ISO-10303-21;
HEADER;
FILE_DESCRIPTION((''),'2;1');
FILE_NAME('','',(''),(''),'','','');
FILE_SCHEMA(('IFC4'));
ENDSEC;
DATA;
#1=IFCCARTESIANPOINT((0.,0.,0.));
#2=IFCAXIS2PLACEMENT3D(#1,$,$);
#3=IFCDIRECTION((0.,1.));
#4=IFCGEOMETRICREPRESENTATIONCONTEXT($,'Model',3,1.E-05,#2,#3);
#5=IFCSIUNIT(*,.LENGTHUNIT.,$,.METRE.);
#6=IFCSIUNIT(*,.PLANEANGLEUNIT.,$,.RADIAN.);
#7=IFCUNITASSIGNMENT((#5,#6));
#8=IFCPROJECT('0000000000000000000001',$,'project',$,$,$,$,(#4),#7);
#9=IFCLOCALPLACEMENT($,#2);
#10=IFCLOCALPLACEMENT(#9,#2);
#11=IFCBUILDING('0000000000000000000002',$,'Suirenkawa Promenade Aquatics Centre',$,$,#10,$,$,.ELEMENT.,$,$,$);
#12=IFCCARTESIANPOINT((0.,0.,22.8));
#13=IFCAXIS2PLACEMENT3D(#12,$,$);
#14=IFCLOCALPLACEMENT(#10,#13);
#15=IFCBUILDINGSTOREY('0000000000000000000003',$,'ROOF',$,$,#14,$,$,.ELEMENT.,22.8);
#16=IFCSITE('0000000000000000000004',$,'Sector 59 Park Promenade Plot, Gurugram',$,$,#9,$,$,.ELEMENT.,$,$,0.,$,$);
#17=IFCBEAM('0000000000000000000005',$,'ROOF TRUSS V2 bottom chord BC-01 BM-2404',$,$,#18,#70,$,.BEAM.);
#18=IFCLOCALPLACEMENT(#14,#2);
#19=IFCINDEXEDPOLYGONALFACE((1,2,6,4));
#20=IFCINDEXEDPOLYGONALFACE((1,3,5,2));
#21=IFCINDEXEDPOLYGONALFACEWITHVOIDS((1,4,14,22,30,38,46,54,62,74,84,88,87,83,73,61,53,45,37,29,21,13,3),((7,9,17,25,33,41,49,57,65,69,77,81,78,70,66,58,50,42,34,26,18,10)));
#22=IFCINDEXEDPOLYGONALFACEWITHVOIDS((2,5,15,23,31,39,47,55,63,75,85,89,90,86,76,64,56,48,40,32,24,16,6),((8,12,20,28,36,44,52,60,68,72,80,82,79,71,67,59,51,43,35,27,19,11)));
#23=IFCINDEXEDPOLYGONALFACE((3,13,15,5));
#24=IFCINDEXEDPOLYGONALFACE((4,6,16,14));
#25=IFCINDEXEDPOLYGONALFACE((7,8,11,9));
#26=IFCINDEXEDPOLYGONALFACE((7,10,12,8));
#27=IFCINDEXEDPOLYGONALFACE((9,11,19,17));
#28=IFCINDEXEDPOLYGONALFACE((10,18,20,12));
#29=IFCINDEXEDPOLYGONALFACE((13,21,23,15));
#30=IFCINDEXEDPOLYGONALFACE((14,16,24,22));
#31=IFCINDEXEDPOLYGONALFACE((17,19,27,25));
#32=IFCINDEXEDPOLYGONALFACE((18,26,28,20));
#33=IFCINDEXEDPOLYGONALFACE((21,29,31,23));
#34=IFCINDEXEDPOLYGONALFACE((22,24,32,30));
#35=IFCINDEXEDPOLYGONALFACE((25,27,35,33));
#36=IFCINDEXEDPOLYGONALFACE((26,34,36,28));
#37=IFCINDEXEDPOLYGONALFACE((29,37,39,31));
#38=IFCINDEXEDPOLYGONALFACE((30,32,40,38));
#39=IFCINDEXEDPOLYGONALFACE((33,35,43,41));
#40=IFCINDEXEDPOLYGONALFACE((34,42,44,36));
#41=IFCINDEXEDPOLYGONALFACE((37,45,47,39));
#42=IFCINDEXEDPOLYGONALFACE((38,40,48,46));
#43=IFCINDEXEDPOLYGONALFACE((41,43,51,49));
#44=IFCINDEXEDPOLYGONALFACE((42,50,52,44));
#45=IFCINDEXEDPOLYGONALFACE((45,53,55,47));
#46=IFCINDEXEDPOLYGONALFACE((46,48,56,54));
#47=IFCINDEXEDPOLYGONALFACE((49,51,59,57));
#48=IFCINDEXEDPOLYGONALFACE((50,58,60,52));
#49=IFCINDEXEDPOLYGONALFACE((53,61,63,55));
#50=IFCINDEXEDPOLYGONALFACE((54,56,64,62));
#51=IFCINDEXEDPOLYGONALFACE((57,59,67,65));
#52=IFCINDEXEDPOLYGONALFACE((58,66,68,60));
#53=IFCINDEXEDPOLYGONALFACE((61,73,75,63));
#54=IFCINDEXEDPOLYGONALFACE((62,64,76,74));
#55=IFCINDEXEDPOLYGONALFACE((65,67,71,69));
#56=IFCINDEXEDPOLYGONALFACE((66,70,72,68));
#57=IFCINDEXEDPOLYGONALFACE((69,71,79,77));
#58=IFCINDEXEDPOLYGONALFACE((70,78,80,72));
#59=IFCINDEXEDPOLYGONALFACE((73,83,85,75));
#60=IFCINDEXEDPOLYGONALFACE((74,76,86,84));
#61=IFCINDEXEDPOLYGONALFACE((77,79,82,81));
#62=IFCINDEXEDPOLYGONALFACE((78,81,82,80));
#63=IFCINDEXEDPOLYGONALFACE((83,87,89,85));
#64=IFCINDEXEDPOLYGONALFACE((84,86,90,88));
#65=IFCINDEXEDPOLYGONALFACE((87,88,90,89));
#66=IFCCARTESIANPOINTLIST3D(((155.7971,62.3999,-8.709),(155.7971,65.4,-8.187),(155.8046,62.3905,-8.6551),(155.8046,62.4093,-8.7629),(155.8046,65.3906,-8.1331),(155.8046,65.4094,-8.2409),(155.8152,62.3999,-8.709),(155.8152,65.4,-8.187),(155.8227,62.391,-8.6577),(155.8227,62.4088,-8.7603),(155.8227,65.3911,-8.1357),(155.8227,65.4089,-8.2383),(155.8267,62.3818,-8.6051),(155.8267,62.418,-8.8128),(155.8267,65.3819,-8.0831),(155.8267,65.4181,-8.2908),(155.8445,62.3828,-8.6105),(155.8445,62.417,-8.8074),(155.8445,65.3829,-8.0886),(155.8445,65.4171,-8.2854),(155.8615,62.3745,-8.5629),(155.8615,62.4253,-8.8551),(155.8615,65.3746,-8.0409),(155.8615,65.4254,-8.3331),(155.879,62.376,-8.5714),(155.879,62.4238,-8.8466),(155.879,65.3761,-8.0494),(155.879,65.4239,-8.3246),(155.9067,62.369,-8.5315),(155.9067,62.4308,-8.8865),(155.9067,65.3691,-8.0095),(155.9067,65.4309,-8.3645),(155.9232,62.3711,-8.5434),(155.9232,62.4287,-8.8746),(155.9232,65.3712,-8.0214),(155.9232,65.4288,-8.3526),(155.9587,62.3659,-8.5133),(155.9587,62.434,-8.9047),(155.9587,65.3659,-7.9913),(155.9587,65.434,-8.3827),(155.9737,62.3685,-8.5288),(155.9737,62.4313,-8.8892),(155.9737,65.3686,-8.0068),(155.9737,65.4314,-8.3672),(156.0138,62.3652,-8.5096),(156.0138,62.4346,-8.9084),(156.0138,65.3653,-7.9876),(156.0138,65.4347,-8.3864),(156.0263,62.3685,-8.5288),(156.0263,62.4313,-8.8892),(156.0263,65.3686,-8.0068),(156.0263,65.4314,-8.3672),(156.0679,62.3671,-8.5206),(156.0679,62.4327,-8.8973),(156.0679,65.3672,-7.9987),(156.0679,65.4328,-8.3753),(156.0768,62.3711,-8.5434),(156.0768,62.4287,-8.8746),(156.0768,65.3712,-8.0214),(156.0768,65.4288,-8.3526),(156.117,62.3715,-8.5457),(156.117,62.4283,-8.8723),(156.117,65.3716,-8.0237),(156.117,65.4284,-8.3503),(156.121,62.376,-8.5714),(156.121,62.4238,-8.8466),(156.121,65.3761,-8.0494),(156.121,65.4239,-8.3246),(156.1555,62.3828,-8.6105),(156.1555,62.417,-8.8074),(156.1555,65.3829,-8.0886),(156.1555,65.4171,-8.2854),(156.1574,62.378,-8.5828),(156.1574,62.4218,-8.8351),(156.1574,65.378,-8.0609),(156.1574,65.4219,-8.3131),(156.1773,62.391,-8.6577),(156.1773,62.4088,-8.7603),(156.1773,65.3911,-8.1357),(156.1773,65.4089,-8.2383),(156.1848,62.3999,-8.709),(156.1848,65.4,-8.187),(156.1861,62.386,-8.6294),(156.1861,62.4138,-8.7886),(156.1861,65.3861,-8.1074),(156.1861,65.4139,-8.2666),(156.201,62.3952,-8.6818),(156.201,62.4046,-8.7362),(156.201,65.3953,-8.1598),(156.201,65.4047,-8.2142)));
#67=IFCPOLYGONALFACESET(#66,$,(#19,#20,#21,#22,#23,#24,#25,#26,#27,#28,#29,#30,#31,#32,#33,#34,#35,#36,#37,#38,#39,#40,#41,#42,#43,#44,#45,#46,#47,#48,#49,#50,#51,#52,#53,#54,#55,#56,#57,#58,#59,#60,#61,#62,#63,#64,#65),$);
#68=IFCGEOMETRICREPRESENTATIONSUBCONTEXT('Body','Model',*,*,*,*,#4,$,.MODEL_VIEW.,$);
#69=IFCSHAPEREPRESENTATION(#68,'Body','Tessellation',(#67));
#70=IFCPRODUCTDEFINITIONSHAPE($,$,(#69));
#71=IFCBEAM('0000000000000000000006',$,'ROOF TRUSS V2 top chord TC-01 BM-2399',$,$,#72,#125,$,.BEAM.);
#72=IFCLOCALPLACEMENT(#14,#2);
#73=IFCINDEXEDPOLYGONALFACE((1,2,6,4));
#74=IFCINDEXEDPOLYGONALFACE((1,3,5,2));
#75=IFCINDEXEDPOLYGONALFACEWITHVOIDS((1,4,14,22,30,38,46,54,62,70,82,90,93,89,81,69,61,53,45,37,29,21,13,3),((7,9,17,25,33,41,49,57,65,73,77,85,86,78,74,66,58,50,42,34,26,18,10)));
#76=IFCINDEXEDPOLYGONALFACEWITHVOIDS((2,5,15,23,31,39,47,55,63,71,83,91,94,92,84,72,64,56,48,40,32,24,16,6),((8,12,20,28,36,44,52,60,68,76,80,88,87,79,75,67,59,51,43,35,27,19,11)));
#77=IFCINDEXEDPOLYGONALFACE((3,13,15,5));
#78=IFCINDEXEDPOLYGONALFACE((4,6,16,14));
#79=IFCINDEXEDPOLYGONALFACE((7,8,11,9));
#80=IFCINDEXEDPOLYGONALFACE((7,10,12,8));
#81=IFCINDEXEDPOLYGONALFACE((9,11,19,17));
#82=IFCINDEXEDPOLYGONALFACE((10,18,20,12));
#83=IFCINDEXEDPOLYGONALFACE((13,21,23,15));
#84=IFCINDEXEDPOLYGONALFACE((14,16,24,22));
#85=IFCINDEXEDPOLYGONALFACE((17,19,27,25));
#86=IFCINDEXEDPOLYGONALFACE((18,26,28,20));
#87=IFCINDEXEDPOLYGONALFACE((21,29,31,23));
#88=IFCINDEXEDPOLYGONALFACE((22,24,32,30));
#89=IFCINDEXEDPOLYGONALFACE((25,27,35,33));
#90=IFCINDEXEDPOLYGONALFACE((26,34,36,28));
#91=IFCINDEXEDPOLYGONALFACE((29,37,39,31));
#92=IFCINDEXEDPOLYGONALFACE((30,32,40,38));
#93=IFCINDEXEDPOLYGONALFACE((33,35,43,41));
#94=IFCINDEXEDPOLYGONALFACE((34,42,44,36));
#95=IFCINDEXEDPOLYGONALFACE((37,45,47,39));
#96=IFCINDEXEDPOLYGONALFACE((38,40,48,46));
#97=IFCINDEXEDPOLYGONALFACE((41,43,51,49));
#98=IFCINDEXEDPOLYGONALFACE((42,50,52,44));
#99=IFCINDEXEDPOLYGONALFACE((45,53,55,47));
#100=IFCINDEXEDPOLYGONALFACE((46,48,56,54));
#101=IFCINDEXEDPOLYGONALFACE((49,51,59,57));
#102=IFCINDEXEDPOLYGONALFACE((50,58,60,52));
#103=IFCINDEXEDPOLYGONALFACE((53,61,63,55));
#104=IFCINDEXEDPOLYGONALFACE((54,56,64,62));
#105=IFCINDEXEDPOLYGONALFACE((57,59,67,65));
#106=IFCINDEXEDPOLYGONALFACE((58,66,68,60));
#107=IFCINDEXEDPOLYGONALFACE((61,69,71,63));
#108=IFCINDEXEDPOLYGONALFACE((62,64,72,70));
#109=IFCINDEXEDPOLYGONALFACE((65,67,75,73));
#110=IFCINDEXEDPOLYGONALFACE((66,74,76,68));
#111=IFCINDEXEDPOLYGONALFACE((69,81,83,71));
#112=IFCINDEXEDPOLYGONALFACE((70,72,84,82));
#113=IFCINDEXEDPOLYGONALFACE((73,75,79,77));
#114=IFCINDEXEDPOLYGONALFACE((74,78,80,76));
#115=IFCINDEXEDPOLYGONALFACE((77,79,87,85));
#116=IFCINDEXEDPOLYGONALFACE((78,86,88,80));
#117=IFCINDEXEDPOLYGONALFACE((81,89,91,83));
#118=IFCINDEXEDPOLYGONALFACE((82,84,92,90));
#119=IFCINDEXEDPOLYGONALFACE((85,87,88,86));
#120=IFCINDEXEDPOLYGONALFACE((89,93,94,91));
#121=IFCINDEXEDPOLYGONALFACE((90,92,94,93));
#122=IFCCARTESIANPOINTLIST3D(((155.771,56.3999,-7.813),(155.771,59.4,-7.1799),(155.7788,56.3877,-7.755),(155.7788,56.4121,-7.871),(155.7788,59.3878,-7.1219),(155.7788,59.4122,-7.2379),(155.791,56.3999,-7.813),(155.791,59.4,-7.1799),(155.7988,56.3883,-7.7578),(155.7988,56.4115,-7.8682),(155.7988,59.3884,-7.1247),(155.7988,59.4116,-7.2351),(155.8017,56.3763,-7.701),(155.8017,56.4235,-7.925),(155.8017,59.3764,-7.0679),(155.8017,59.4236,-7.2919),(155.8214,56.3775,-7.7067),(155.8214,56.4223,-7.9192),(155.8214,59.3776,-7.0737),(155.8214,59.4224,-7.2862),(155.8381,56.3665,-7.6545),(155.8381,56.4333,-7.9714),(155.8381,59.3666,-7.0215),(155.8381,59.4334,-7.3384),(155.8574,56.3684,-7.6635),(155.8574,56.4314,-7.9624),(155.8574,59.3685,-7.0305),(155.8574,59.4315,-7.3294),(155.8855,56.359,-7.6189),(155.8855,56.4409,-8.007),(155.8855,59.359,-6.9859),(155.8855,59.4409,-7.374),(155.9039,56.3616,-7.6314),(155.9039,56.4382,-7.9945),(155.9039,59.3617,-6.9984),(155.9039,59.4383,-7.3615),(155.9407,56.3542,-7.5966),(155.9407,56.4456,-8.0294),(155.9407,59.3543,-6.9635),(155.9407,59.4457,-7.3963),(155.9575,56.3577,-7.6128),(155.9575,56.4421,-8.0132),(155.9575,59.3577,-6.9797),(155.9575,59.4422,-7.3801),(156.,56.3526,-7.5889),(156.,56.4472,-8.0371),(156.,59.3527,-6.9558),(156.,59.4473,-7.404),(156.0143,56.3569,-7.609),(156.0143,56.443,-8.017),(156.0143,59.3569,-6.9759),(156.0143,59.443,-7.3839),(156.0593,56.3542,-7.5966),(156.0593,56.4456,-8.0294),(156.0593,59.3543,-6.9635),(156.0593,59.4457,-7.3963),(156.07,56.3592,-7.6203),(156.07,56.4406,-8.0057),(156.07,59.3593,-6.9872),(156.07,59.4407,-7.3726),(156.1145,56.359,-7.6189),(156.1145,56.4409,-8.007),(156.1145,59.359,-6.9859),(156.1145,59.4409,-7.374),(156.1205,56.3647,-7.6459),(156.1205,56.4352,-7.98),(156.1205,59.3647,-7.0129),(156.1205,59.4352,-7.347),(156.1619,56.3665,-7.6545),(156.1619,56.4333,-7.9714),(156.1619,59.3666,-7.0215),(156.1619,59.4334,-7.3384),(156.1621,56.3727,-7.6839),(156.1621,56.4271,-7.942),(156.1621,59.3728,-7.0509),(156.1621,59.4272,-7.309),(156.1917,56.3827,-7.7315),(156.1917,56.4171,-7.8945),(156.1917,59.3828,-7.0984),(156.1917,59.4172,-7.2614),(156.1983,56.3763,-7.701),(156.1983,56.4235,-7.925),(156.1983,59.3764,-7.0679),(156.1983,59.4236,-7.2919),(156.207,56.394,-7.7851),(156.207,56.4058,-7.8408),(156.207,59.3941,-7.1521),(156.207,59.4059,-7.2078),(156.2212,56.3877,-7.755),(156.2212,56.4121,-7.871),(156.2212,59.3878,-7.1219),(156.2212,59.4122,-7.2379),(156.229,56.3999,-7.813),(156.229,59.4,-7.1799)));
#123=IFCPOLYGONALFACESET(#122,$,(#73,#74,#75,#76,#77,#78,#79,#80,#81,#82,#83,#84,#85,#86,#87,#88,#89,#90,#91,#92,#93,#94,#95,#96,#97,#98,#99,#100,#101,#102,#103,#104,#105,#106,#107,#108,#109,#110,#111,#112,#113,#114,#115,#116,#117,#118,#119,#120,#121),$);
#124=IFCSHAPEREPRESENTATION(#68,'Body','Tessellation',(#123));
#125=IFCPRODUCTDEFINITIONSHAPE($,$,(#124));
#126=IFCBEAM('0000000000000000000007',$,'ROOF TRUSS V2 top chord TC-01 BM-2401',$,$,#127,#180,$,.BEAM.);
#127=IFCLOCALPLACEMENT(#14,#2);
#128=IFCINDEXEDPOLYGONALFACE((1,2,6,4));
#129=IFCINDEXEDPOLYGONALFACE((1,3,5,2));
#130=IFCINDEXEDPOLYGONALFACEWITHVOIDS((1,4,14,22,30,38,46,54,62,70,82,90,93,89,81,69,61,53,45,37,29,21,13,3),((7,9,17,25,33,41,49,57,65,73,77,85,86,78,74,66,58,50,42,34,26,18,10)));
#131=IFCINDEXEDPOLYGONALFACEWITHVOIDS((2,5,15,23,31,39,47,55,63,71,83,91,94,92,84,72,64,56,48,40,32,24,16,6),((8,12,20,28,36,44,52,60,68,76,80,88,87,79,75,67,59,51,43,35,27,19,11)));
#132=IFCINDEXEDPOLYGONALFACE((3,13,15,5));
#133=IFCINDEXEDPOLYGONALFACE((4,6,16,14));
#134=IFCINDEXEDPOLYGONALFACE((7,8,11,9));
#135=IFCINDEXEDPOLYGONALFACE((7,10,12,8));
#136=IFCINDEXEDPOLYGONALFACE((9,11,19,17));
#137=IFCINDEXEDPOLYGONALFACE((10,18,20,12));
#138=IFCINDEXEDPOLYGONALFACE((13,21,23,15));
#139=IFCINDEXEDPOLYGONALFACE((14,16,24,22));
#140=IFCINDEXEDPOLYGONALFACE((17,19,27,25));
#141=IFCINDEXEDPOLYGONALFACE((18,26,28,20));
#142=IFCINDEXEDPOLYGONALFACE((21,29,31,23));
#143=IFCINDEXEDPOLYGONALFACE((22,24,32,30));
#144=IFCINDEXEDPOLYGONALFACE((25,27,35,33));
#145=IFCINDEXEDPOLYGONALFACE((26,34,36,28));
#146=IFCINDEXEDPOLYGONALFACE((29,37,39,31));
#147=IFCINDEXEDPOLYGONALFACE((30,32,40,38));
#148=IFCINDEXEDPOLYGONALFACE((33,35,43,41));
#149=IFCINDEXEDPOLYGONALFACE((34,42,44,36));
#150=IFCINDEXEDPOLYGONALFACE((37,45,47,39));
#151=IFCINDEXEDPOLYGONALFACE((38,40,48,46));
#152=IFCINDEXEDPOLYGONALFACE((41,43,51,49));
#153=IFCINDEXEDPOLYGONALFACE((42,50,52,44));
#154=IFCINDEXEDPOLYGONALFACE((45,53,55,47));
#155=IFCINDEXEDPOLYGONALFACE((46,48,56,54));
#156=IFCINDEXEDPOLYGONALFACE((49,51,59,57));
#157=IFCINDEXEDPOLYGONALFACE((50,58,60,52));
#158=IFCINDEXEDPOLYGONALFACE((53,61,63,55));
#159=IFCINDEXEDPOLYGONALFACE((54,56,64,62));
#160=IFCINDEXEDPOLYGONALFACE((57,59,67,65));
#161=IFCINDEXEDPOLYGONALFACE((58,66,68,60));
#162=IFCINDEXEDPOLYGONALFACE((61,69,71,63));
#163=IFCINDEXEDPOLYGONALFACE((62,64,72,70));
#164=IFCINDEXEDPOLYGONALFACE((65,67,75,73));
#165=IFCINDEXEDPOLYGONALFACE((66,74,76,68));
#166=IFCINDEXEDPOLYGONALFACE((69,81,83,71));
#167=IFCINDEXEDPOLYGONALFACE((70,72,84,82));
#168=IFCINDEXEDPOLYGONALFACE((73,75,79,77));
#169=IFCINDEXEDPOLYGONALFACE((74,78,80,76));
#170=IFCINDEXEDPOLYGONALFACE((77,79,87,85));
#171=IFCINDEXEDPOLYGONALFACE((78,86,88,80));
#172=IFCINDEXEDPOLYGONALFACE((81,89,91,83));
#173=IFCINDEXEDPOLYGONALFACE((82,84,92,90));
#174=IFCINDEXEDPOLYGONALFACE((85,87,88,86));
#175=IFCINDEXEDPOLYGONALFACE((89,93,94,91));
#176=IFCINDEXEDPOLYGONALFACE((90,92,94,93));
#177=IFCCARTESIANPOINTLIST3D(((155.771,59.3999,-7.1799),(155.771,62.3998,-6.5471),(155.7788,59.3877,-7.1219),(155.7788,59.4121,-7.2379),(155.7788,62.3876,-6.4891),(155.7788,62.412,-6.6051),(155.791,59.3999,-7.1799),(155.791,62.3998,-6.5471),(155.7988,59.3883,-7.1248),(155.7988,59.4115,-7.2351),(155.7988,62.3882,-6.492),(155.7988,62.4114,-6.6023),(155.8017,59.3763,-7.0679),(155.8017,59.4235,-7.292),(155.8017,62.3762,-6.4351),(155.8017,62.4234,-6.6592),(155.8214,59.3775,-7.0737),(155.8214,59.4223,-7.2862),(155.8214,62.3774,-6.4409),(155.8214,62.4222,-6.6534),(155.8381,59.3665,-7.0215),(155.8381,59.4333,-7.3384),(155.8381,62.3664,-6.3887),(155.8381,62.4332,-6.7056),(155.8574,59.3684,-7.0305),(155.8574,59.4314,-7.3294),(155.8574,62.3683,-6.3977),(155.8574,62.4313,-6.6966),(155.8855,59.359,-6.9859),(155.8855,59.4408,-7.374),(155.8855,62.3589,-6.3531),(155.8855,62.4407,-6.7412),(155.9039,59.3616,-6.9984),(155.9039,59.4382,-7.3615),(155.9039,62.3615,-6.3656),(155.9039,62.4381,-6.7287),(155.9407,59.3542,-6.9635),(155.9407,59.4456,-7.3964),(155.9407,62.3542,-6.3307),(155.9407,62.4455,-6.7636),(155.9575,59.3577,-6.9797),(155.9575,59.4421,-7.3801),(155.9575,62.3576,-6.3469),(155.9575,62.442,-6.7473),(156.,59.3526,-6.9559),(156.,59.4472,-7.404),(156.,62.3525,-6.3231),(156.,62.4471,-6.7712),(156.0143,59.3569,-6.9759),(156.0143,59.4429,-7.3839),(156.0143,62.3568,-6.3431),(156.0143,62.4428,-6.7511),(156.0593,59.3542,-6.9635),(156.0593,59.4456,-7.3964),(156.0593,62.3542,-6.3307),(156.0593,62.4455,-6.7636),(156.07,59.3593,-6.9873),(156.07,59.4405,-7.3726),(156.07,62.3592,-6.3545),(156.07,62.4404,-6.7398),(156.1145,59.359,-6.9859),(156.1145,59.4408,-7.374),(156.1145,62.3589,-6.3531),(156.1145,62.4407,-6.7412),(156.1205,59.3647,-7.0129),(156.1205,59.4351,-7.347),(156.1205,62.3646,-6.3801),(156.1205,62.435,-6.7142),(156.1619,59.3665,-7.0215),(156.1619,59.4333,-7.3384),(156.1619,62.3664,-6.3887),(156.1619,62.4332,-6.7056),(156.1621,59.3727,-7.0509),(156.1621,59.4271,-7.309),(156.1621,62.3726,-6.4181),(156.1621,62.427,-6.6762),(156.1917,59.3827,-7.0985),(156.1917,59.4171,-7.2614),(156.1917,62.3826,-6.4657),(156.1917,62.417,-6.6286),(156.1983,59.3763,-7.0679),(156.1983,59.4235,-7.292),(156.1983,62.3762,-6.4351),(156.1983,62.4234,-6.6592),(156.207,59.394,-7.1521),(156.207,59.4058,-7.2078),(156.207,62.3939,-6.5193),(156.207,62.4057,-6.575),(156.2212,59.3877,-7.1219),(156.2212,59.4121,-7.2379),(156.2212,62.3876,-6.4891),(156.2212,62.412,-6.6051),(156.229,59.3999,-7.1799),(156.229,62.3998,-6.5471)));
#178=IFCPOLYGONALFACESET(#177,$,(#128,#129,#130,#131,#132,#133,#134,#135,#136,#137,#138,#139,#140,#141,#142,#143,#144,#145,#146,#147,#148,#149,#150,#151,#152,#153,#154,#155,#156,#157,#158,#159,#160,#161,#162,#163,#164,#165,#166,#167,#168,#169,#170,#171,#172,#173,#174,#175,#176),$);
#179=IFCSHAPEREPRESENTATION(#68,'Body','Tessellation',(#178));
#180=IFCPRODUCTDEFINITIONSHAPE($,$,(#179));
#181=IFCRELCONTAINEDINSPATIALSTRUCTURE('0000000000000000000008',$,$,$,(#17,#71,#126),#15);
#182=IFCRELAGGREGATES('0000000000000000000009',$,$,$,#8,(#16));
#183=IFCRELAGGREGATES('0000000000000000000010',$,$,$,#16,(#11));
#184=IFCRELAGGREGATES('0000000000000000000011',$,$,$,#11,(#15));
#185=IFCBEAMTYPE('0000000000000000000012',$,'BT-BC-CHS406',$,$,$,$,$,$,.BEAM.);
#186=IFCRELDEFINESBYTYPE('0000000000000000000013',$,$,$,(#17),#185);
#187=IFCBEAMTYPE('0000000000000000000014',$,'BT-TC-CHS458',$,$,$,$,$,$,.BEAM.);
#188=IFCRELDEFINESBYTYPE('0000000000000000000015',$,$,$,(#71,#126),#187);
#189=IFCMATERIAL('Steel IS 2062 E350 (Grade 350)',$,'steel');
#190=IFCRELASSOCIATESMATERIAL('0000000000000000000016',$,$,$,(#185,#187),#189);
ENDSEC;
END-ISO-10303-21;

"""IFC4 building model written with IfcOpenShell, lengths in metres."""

from ifc_helpers import new_model, si_unit, direction, frame, origin, origin_2d, place, context, subcontext, project, spatial, hollow_circle, extrude, material, material_profile, profile_set, type_object, element, save


model = new_model("IFC4")

# Units and contexts
model_context = context("Model", 3, precision=1e-05, world=origin(), true_north=direction((0.0, 1.0)))
body_context = subcontext(model_context, "Body", "Model", "MODEL_VIEW")
ifc_project = project(units=[si_unit("LENGTHUNIT", "METRE"), si_unit("PLANEANGLEUNIT", "RADIAN")], contexts=[model_context])

# Site, building, storey
site_placement = place(None, origin())
site = spatial("IfcSite", under=ifc_project, at=site_placement, Name="Sector 59 Park Promenade Plot, Gurugram", CompositionType="ELEMENT", RefElevation=0.0)
building_placement = place(site_placement, origin())
building = spatial("IfcBuilding", under=site, at=building_placement, Name="Suirenkawa Promenade Aquatics Centre", CompositionType="ELEMENT")
storey_placement = place(building_placement, frame((0.0, 0.0, 22.8)))
storey = spatial("IfcBuildingStorey", under=building, at=storey_placement, Name="ROOF", CompositionType="ELEMENT", Elevation=22.8)

# Beams
ifc_material = material(Name="Steel IS 2062 E350 (Grade 350)", Category="steel")
ifc_material_profile_1 = material_profile(ifc_material, hollow_circle(Radius=0.2029, WallThickness=0.0181, at=origin_2d()), Name="CHS 406x18", Category="steel")
ifc_profile_set_1 = profile_set([ifc_material_profile_1], Name="Steel IS 2062 E350 (Grade 350)")
beam_type_1 = type_object("IfcBeamType", Name="BT-BC-CHS406", PredefinedType="BEAM", material=ifc_profile_set_1)
beam_1_placement = place(storey_placement, frame((156.0, 62.3999, -8.709), z_axis=(0.0, 0.985199, 0.171416), x_axis=(-1.0, 0.0, 0.0)))
element("IfcBeam", 1, at=beam_1_placement, inside=storey, type_object=beam_type_1, Name="ROOF TRUSS V2 bottom chord BC-01 BM-2404", PredefinedType="BEAM", context=body_context, shape_type="SweptSolid", body=[
    extrude(hollow_circle(Radius=0.2029, WallThickness=0.0181, at=origin_2d()), origin(), (0.0, 0.0, 1.0), 3.0452),
])
ifc_material_profile_2 = material_profile(ifc_material, hollow_circle(Radius=0.229, WallThickness=0.02, at=origin_2d()), Name="CHS 458x20", Category="steel")
ifc_profile_set_2 = profile_set([ifc_material_profile_2], Name="Steel IS 2062 E350 (Grade 350)")
beam_type_2 = type_object("IfcBeamType", Name="BT-TC-CHS458", PredefinedType="BEAM", material=ifc_profile_set_2)
beam_2_placement = place(storey_placement, frame((156.0, 56.3999, -7.813), z_axis=(0.0, 0.978453, 0.206472), x_axis=(-1.0, 0.0, 0.0)))
element("IfcBeam", 2, at=beam_2_placement, inside=storey, type_object=beam_type_2, Name="ROOF TRUSS V2 top chord TC-01 BM-2399", PredefinedType="BEAM", context=body_context, shape_type="SweptSolid", body=[
    extrude(hollow_circle(Radius=0.229, WallThickness=0.02, at=origin_2d()), origin(), (0.0, 0.0, 1.0), 3.0662),
])
beam_3_placement = place(storey_placement, frame((156.0, 59.3999, -7.1799), z_axis=(0.0, 0.978469, 0.206396), x_axis=(-1.0, 0.0, 0.0)))
element("IfcBeam", 3, at=beam_3_placement, inside=storey, type_object=beam_type_2, Name="ROOF TRUSS V2 top chord TC-01 BM-2401", PredefinedType="BEAM", context=body_context, shape_type="SweptSolid", body=[
    extrude(hollow_circle(Radius=0.229, WallThickness=0.02, at=origin_2d()), origin(), (0.0, 0.0, 1.0), 3.0659),
])

save(model, "model.ifc")
